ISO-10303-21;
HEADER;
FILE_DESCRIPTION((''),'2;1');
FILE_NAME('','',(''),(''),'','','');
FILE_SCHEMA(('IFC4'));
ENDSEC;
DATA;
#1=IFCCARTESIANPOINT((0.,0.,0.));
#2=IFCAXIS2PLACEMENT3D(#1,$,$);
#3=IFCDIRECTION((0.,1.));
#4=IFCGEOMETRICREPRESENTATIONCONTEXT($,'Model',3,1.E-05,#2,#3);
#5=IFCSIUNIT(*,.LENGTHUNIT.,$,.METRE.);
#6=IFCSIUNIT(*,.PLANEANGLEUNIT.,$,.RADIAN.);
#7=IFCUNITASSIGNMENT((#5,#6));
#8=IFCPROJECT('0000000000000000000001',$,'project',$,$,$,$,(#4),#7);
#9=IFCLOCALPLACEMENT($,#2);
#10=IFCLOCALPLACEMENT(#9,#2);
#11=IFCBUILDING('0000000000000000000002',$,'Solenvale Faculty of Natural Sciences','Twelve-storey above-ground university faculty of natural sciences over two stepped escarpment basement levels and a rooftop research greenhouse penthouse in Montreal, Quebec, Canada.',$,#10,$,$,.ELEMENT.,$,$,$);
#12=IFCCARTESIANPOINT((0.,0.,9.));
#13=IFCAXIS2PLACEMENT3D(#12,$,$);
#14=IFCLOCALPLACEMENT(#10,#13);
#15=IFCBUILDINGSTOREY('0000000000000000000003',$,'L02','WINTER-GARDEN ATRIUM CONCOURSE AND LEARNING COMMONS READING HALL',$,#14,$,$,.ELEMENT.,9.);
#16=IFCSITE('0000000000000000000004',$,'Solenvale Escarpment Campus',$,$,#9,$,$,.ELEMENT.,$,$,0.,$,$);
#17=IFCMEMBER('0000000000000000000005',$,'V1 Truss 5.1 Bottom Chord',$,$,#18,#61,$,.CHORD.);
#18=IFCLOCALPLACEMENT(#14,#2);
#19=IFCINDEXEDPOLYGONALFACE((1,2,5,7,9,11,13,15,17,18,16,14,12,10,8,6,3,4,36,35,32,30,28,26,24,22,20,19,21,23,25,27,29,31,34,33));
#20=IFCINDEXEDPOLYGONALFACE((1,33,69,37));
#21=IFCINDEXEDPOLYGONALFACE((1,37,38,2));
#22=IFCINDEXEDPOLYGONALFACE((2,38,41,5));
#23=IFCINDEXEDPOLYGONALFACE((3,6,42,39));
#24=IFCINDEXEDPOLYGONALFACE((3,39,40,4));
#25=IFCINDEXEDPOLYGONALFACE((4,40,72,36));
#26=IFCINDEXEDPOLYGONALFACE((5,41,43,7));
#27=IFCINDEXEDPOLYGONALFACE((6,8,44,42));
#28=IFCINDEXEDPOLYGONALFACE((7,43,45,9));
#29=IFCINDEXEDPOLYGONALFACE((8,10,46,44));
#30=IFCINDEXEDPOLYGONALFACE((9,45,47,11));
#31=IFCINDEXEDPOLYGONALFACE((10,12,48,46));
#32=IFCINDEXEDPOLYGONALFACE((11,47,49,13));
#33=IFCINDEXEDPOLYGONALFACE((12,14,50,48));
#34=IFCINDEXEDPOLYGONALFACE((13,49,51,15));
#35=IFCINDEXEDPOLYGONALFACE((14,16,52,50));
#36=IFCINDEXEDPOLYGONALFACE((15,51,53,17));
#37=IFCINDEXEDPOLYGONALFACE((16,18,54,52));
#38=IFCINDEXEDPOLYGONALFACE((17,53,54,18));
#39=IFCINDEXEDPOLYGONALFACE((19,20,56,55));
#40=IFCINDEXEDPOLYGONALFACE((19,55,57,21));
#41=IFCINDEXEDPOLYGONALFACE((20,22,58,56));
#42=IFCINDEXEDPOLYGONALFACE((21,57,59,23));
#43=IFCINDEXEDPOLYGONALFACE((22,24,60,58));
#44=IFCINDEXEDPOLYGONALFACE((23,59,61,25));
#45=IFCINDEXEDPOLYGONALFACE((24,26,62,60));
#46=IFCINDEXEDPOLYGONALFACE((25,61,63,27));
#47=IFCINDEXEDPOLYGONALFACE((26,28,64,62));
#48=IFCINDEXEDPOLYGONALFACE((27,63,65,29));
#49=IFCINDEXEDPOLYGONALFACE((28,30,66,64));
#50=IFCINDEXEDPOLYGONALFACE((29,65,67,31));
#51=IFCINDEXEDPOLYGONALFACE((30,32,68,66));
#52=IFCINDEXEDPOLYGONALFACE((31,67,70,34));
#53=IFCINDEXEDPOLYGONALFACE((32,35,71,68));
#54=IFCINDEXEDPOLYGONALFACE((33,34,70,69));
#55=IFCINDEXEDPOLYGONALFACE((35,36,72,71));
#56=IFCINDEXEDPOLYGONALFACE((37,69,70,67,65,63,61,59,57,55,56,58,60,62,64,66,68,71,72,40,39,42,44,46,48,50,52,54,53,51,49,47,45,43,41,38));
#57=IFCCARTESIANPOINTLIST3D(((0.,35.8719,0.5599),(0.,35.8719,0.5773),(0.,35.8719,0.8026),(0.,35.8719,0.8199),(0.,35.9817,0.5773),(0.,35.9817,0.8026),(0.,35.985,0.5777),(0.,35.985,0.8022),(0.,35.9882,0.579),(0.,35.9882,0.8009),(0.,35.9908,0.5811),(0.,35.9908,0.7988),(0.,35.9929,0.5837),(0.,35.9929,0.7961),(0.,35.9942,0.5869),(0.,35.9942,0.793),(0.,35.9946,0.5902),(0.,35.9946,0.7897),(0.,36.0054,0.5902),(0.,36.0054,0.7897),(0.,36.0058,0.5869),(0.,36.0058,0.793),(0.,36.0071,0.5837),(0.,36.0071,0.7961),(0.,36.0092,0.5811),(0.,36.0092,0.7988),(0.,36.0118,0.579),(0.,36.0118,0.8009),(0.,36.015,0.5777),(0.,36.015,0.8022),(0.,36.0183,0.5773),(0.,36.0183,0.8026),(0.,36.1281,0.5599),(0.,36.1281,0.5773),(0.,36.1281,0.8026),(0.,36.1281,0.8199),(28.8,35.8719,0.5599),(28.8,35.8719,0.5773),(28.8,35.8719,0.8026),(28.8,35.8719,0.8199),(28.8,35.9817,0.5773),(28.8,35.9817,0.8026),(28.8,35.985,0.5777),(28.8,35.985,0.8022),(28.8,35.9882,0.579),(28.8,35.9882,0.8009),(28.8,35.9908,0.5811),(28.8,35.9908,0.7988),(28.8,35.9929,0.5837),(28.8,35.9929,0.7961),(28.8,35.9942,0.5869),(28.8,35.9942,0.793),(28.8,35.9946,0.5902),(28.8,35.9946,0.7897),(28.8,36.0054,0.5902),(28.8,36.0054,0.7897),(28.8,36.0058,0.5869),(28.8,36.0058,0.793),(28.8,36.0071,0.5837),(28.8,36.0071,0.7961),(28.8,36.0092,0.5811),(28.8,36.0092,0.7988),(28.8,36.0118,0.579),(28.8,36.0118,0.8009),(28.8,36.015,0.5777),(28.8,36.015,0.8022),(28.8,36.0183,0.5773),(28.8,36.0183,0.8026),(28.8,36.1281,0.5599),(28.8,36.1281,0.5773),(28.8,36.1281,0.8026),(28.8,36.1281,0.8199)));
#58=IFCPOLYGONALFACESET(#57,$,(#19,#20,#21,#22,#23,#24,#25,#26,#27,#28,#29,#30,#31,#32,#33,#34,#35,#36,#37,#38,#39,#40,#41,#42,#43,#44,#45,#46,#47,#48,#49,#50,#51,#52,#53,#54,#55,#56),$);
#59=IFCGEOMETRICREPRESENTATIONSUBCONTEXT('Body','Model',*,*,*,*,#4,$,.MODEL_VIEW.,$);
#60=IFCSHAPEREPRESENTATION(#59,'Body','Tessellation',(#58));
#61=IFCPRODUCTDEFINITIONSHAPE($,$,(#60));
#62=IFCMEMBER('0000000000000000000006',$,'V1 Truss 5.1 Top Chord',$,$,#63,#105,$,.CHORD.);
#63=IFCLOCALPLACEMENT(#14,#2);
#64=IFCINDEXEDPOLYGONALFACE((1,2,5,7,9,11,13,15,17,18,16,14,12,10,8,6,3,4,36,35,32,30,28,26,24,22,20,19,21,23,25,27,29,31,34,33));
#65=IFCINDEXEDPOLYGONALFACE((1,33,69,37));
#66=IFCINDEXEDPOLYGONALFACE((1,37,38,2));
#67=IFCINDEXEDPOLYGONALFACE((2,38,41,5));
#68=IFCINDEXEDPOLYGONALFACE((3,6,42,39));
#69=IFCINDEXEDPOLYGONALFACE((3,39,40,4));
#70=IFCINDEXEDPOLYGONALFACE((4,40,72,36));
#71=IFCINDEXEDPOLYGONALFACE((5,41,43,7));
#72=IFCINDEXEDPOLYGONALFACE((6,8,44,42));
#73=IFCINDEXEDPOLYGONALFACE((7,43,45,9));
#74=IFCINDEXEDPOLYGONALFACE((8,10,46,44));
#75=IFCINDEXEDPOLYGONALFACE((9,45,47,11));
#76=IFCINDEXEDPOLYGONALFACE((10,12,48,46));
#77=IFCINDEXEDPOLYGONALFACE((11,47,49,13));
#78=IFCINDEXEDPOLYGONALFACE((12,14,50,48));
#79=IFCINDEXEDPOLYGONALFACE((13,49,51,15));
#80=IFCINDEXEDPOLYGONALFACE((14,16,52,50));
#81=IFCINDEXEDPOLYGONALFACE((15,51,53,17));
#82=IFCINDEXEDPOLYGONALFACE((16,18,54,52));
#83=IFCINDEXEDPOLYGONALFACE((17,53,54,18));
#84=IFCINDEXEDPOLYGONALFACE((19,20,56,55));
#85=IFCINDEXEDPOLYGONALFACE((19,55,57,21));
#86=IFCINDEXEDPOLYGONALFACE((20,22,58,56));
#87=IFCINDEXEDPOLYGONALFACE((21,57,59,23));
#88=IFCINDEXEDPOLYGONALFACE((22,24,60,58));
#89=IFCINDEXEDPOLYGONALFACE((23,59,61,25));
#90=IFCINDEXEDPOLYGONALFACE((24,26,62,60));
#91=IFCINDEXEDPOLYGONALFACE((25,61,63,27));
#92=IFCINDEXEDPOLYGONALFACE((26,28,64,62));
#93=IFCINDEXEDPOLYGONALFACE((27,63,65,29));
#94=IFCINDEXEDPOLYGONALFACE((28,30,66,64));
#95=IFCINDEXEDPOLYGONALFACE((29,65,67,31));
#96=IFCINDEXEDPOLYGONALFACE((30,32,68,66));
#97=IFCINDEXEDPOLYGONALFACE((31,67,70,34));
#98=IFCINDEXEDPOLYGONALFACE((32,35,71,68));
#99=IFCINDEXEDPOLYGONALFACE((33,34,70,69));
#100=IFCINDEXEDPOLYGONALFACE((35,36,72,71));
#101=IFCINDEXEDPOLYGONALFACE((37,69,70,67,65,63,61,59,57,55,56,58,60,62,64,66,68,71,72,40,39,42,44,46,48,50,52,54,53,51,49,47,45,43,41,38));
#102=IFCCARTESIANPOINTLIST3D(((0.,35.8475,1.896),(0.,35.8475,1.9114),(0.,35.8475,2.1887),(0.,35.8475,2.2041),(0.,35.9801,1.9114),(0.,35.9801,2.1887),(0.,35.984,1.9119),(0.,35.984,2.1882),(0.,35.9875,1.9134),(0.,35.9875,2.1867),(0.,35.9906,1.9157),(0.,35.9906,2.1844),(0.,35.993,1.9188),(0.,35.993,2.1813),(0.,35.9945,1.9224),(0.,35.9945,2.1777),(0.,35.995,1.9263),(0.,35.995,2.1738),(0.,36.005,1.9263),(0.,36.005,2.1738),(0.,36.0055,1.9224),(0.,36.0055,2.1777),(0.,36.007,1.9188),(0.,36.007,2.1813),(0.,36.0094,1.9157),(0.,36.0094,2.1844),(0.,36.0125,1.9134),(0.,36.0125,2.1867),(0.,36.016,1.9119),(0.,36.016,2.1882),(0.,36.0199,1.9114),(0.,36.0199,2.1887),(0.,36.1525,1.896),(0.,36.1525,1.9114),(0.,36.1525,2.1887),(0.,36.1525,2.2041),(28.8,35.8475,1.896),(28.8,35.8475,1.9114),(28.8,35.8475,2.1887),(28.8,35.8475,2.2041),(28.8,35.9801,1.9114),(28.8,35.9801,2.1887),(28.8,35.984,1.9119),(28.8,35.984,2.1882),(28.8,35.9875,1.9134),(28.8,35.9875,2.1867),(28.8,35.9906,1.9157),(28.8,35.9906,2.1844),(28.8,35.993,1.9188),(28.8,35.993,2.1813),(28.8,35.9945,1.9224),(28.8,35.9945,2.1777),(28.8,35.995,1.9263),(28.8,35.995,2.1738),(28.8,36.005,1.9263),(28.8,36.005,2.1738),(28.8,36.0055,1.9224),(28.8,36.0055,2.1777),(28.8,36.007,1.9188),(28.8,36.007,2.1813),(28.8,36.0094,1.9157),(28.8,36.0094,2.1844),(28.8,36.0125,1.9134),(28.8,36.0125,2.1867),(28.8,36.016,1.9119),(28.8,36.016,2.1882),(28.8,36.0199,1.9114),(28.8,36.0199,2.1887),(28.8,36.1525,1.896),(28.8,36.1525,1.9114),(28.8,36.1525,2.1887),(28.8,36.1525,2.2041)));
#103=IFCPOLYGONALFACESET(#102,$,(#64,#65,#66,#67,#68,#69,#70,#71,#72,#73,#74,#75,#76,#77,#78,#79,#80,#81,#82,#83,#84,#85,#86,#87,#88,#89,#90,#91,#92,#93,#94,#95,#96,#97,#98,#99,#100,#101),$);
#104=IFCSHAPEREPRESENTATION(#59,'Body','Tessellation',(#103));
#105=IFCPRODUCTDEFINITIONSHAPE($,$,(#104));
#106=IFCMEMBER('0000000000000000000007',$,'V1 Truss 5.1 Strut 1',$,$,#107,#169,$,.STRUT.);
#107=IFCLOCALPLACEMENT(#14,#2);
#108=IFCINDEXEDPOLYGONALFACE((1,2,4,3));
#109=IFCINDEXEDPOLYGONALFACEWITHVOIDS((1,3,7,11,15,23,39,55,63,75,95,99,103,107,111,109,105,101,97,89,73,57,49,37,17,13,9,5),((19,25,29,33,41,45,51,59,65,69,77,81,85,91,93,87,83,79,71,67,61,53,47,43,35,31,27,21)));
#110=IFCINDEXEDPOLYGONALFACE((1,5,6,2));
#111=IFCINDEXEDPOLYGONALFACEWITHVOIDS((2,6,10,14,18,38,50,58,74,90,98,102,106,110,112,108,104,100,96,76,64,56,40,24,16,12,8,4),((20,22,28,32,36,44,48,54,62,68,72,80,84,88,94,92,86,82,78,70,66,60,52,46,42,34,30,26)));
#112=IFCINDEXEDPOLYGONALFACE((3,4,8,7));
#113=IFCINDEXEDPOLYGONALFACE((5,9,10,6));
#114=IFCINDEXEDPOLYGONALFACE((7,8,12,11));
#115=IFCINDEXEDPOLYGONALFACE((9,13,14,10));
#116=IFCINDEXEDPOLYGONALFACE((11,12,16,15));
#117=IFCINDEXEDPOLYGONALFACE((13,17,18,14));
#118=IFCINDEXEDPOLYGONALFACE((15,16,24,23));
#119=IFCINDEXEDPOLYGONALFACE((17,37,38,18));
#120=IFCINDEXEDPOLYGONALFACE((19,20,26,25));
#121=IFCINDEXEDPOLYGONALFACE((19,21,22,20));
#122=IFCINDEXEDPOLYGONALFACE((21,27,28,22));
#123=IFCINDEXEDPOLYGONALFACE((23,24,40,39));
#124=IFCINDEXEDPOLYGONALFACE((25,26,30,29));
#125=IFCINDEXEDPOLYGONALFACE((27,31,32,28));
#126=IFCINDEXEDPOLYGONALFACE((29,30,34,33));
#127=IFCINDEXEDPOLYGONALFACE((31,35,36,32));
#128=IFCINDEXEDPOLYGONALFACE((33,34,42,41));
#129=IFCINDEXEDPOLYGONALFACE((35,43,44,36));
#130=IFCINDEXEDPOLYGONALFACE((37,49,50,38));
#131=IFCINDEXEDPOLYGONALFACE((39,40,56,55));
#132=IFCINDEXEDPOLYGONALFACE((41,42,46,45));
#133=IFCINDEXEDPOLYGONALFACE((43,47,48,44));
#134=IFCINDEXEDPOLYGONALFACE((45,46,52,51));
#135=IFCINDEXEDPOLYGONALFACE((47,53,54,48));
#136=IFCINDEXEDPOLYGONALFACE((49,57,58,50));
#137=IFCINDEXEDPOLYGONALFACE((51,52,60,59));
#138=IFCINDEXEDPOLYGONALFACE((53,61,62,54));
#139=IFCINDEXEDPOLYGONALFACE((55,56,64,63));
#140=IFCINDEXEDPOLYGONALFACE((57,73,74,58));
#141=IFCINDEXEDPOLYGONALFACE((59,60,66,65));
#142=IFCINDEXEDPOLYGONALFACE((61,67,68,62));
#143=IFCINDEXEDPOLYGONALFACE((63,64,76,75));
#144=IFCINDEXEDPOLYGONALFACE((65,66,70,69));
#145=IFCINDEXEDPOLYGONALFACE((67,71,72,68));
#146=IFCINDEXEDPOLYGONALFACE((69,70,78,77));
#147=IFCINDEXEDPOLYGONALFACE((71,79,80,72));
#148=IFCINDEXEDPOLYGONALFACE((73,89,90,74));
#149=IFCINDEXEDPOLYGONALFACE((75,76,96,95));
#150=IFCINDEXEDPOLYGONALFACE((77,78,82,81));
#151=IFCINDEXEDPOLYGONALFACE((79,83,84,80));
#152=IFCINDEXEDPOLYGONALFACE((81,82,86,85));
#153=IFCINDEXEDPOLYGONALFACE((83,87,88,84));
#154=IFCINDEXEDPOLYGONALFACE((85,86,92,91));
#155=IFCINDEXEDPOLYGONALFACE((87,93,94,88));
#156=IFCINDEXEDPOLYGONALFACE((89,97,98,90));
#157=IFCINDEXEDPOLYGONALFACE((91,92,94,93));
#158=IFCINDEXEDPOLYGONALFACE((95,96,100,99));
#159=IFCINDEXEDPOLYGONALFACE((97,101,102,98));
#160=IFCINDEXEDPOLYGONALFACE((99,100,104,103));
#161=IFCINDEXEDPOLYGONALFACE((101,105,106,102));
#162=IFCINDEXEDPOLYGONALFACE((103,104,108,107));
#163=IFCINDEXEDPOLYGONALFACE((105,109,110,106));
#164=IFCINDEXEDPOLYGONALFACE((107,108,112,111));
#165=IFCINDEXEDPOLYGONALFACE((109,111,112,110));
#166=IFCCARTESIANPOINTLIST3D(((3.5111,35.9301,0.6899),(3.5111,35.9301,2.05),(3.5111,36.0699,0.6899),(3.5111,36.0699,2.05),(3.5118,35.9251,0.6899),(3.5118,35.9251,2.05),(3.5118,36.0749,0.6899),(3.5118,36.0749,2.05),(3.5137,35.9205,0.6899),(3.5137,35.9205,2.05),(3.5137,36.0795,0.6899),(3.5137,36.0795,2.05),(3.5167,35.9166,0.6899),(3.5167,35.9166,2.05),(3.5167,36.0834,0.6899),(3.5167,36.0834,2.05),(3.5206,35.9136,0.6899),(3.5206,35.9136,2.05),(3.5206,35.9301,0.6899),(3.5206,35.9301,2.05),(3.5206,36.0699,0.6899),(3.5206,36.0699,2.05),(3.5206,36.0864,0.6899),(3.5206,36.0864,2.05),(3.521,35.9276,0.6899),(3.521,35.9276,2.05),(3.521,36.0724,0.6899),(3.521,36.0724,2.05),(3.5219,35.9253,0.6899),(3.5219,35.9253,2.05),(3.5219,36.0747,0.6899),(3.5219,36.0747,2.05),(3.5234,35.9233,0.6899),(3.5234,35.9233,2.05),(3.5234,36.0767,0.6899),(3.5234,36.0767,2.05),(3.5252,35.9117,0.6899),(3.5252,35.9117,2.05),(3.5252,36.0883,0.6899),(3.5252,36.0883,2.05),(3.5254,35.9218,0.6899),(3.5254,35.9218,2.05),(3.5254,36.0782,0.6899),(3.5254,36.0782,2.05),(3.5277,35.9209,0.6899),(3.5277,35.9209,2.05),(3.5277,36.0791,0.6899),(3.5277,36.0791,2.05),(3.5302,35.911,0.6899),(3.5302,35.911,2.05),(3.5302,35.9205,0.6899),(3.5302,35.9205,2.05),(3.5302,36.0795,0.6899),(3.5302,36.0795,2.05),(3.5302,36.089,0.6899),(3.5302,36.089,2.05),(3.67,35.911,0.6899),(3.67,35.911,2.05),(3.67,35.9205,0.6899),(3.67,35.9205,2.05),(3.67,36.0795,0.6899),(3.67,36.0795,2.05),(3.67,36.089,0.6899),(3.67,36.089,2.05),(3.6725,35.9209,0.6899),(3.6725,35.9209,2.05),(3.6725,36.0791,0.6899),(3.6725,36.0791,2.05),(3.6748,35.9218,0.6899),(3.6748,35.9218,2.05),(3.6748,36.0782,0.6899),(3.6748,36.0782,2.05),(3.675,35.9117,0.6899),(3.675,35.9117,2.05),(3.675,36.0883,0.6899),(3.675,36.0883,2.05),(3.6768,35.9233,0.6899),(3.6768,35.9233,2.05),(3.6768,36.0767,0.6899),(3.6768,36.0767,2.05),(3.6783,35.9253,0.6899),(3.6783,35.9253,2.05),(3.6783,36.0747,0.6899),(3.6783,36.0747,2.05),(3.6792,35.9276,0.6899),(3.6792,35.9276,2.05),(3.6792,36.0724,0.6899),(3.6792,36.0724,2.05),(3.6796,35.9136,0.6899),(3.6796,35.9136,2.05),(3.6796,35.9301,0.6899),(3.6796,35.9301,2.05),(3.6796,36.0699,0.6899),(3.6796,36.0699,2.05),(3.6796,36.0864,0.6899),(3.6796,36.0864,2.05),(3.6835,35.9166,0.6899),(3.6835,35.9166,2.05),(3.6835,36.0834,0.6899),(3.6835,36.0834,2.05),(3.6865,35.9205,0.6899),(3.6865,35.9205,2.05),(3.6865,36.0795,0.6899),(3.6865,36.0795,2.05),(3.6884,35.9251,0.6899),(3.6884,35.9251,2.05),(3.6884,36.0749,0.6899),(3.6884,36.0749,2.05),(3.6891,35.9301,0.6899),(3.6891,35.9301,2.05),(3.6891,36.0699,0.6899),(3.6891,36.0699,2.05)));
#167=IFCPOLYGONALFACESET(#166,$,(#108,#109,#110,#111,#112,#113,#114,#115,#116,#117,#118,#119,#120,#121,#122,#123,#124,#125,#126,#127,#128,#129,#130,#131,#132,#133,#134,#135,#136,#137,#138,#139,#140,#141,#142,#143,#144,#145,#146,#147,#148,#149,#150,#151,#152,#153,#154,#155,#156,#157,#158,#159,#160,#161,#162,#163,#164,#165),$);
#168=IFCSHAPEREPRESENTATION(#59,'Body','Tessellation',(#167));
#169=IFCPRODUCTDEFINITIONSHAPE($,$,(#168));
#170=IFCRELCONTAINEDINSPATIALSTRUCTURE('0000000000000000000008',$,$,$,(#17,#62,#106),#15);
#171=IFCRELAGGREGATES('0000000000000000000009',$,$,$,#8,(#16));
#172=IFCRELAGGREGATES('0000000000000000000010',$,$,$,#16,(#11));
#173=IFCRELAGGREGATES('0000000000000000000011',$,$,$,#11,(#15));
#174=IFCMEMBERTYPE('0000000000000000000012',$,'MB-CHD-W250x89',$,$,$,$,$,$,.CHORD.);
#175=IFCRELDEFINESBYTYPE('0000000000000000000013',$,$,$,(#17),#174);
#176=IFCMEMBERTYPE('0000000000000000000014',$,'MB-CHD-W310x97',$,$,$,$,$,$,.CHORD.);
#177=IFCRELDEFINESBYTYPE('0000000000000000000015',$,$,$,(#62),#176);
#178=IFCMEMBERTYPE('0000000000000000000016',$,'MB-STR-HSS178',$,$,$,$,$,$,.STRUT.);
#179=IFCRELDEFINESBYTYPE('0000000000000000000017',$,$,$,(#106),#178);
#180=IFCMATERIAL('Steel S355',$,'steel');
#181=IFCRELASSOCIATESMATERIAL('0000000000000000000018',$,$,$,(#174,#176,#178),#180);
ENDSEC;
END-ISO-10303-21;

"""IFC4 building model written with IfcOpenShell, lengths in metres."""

from ifc_helpers import new_model, si_unit, direction, frame, origin, origin_2d, place, context, subcontext, project, spatial, hollow_rectangle, i_section, extrude, material, material_profile, profile_set, type_object, element, save


model = new_model("IFC4")

# Units and contexts
model_context = context("Model", 3, precision=1e-05, world=origin(), true_north=direction((0.0, 1.0)))
body_context = subcontext(model_context, "Body", "Model", "MODEL_VIEW")
ifc_project = project(units=[si_unit("LENGTHUNIT", "METRE"), si_unit("PLANEANGLEUNIT", "RADIAN")], contexts=[model_context])

# Site, building, storey
site_placement = place(None, origin())
site = spatial("IfcSite", under=ifc_project, at=site_placement, Name="Solenvale Escarpment Campus", CompositionType="ELEMENT", RefElevation=0.0)
building_placement = place(site_placement, origin())
building = spatial("IfcBuilding", under=site, at=building_placement, Name="Solenvale Faculty of Natural Sciences", Description="Twelve-storey above-ground university faculty of natural sciences over two stepped escarpment basement levels and a rooftop research greenhouse penthouse in Montreal, Quebec, Canada.", CompositionType="ELEMENT")
storey_placement = place(building_placement, frame((0.0, 0.0, 9.0)))
storey = spatial("IfcBuildingStorey", under=building, at=storey_placement, Name="L02", Description="WINTER-GARDEN ATRIUM CONCOURSE AND LEARNING COMMONS READING HALL", CompositionType="ELEMENT", Elevation=9.0)

# Shared definitions
ifc_material_1 = material(Name="Steel S355", Category="steel")

# Members
ifc_material_profile_1 = material_profile(ifc_material_1, i_section(OverallWidth=0.2561, OverallDepth=0.26, WebThickness=0.0107, FlangeThickness=0.0173, FilletRadius=0.0129, at=origin_2d()), Name="W250x89")
ifc_profile_set_1 = profile_set([ifc_material_profile_1], Name="Steel S355")
member_type_1 = type_object("IfcMemberType", Name="MB-CHD-W250x89", PredefinedType="CHORD", material=ifc_profile_set_1)
member_1_placement = place(storey_placement, frame((0.0, 36.0, 0.6899), z_axis=(1.0, 0.0, 0.0), x_axis=(0.0, 1.0, 0.0)))
element("IfcMember", 1, at=member_1_placement, inside=storey, type_object=member_type_1, Name="V1 Truss 5.1 Bottom Chord", PredefinedType="CHORD", context=body_context, shape_type="SweptSolid", body=[
    extrude(i_section(OverallWidth=0.2561, OverallDepth=0.26, WebThickness=0.0107, FlangeThickness=0.0173, FilletRadius=0.0129, at=origin_2d()), origin(), (0.0, 0.0, 1.0), 28.8),
])
ifc_material_profile_2 = material_profile(ifc_material_1, i_section(OverallWidth=0.3049, OverallDepth=0.3081, WebThickness=0.01, FlangeThickness=0.0154, FilletRadius=0.0149, at=origin_2d()), Name="W310x97")
ifc_profile_set_2 = profile_set([ifc_material_profile_2], Name="Steel S355")
member_type_2 = type_object("IfcMemberType", Name="MB-CHD-W310x97", PredefinedType="CHORD", material=ifc_profile_set_2)
member_2_placement = place(storey_placement, frame((0.0, 36.0, 2.05), z_axis=(1.0, 0.0, 0.0), x_axis=(0.0, 1.0, 0.0)))
element("IfcMember", 2, at=member_2_placement, inside=storey, type_object=member_type_2, Name="V1 Truss 5.1 Top Chord", PredefinedType="CHORD", context=body_context, shape_type="SweptSolid", body=[
    extrude(i_section(OverallWidth=0.3049, OverallDepth=0.3081, WebThickness=0.01, FlangeThickness=0.0154, FilletRadius=0.0149, at=origin_2d()), origin(), (0.0, 0.0, 1.0), 28.8),
])
ifc_material_profile_3 = material_profile(ifc_material_1, hollow_rectangle(XDim=0.178, YDim=0.178, WallThickness=0.0095, InnerFilletRadius=0.0095, OuterFilletRadius=0.019, at=origin_2d()), Name="HSS178x178x9.5")
ifc_profile_set_3 = profile_set([ifc_material_profile_3], Name="Steel S355")
member_type_3 = type_object("IfcMemberType", Name="MB-STR-HSS178", PredefinedType="STRUT", material=ifc_profile_set_3)
member_3_placement = place(storey_placement, frame((3.6001, 36.0, 0.6899), z_axis=(0.0, 0.0, 1.0), x_axis=(1.0, 0.0, 0.0)))
element("IfcMember", 3, at=member_3_placement, inside=storey, type_object=member_type_3, Name="V1 Truss 5.1 Strut 1", PredefinedType="STRUT", context=body_context, shape_type="SweptSolid", body=[
    extrude(hollow_rectangle(XDim=0.178, YDim=0.178, WallThickness=0.0095, InnerFilletRadius=0.0095, OuterFilletRadius=0.019, at=origin_2d()), origin(), (0.0, 0.0, 1.0), 1.3601),
])

save(model, "model.ifc")
